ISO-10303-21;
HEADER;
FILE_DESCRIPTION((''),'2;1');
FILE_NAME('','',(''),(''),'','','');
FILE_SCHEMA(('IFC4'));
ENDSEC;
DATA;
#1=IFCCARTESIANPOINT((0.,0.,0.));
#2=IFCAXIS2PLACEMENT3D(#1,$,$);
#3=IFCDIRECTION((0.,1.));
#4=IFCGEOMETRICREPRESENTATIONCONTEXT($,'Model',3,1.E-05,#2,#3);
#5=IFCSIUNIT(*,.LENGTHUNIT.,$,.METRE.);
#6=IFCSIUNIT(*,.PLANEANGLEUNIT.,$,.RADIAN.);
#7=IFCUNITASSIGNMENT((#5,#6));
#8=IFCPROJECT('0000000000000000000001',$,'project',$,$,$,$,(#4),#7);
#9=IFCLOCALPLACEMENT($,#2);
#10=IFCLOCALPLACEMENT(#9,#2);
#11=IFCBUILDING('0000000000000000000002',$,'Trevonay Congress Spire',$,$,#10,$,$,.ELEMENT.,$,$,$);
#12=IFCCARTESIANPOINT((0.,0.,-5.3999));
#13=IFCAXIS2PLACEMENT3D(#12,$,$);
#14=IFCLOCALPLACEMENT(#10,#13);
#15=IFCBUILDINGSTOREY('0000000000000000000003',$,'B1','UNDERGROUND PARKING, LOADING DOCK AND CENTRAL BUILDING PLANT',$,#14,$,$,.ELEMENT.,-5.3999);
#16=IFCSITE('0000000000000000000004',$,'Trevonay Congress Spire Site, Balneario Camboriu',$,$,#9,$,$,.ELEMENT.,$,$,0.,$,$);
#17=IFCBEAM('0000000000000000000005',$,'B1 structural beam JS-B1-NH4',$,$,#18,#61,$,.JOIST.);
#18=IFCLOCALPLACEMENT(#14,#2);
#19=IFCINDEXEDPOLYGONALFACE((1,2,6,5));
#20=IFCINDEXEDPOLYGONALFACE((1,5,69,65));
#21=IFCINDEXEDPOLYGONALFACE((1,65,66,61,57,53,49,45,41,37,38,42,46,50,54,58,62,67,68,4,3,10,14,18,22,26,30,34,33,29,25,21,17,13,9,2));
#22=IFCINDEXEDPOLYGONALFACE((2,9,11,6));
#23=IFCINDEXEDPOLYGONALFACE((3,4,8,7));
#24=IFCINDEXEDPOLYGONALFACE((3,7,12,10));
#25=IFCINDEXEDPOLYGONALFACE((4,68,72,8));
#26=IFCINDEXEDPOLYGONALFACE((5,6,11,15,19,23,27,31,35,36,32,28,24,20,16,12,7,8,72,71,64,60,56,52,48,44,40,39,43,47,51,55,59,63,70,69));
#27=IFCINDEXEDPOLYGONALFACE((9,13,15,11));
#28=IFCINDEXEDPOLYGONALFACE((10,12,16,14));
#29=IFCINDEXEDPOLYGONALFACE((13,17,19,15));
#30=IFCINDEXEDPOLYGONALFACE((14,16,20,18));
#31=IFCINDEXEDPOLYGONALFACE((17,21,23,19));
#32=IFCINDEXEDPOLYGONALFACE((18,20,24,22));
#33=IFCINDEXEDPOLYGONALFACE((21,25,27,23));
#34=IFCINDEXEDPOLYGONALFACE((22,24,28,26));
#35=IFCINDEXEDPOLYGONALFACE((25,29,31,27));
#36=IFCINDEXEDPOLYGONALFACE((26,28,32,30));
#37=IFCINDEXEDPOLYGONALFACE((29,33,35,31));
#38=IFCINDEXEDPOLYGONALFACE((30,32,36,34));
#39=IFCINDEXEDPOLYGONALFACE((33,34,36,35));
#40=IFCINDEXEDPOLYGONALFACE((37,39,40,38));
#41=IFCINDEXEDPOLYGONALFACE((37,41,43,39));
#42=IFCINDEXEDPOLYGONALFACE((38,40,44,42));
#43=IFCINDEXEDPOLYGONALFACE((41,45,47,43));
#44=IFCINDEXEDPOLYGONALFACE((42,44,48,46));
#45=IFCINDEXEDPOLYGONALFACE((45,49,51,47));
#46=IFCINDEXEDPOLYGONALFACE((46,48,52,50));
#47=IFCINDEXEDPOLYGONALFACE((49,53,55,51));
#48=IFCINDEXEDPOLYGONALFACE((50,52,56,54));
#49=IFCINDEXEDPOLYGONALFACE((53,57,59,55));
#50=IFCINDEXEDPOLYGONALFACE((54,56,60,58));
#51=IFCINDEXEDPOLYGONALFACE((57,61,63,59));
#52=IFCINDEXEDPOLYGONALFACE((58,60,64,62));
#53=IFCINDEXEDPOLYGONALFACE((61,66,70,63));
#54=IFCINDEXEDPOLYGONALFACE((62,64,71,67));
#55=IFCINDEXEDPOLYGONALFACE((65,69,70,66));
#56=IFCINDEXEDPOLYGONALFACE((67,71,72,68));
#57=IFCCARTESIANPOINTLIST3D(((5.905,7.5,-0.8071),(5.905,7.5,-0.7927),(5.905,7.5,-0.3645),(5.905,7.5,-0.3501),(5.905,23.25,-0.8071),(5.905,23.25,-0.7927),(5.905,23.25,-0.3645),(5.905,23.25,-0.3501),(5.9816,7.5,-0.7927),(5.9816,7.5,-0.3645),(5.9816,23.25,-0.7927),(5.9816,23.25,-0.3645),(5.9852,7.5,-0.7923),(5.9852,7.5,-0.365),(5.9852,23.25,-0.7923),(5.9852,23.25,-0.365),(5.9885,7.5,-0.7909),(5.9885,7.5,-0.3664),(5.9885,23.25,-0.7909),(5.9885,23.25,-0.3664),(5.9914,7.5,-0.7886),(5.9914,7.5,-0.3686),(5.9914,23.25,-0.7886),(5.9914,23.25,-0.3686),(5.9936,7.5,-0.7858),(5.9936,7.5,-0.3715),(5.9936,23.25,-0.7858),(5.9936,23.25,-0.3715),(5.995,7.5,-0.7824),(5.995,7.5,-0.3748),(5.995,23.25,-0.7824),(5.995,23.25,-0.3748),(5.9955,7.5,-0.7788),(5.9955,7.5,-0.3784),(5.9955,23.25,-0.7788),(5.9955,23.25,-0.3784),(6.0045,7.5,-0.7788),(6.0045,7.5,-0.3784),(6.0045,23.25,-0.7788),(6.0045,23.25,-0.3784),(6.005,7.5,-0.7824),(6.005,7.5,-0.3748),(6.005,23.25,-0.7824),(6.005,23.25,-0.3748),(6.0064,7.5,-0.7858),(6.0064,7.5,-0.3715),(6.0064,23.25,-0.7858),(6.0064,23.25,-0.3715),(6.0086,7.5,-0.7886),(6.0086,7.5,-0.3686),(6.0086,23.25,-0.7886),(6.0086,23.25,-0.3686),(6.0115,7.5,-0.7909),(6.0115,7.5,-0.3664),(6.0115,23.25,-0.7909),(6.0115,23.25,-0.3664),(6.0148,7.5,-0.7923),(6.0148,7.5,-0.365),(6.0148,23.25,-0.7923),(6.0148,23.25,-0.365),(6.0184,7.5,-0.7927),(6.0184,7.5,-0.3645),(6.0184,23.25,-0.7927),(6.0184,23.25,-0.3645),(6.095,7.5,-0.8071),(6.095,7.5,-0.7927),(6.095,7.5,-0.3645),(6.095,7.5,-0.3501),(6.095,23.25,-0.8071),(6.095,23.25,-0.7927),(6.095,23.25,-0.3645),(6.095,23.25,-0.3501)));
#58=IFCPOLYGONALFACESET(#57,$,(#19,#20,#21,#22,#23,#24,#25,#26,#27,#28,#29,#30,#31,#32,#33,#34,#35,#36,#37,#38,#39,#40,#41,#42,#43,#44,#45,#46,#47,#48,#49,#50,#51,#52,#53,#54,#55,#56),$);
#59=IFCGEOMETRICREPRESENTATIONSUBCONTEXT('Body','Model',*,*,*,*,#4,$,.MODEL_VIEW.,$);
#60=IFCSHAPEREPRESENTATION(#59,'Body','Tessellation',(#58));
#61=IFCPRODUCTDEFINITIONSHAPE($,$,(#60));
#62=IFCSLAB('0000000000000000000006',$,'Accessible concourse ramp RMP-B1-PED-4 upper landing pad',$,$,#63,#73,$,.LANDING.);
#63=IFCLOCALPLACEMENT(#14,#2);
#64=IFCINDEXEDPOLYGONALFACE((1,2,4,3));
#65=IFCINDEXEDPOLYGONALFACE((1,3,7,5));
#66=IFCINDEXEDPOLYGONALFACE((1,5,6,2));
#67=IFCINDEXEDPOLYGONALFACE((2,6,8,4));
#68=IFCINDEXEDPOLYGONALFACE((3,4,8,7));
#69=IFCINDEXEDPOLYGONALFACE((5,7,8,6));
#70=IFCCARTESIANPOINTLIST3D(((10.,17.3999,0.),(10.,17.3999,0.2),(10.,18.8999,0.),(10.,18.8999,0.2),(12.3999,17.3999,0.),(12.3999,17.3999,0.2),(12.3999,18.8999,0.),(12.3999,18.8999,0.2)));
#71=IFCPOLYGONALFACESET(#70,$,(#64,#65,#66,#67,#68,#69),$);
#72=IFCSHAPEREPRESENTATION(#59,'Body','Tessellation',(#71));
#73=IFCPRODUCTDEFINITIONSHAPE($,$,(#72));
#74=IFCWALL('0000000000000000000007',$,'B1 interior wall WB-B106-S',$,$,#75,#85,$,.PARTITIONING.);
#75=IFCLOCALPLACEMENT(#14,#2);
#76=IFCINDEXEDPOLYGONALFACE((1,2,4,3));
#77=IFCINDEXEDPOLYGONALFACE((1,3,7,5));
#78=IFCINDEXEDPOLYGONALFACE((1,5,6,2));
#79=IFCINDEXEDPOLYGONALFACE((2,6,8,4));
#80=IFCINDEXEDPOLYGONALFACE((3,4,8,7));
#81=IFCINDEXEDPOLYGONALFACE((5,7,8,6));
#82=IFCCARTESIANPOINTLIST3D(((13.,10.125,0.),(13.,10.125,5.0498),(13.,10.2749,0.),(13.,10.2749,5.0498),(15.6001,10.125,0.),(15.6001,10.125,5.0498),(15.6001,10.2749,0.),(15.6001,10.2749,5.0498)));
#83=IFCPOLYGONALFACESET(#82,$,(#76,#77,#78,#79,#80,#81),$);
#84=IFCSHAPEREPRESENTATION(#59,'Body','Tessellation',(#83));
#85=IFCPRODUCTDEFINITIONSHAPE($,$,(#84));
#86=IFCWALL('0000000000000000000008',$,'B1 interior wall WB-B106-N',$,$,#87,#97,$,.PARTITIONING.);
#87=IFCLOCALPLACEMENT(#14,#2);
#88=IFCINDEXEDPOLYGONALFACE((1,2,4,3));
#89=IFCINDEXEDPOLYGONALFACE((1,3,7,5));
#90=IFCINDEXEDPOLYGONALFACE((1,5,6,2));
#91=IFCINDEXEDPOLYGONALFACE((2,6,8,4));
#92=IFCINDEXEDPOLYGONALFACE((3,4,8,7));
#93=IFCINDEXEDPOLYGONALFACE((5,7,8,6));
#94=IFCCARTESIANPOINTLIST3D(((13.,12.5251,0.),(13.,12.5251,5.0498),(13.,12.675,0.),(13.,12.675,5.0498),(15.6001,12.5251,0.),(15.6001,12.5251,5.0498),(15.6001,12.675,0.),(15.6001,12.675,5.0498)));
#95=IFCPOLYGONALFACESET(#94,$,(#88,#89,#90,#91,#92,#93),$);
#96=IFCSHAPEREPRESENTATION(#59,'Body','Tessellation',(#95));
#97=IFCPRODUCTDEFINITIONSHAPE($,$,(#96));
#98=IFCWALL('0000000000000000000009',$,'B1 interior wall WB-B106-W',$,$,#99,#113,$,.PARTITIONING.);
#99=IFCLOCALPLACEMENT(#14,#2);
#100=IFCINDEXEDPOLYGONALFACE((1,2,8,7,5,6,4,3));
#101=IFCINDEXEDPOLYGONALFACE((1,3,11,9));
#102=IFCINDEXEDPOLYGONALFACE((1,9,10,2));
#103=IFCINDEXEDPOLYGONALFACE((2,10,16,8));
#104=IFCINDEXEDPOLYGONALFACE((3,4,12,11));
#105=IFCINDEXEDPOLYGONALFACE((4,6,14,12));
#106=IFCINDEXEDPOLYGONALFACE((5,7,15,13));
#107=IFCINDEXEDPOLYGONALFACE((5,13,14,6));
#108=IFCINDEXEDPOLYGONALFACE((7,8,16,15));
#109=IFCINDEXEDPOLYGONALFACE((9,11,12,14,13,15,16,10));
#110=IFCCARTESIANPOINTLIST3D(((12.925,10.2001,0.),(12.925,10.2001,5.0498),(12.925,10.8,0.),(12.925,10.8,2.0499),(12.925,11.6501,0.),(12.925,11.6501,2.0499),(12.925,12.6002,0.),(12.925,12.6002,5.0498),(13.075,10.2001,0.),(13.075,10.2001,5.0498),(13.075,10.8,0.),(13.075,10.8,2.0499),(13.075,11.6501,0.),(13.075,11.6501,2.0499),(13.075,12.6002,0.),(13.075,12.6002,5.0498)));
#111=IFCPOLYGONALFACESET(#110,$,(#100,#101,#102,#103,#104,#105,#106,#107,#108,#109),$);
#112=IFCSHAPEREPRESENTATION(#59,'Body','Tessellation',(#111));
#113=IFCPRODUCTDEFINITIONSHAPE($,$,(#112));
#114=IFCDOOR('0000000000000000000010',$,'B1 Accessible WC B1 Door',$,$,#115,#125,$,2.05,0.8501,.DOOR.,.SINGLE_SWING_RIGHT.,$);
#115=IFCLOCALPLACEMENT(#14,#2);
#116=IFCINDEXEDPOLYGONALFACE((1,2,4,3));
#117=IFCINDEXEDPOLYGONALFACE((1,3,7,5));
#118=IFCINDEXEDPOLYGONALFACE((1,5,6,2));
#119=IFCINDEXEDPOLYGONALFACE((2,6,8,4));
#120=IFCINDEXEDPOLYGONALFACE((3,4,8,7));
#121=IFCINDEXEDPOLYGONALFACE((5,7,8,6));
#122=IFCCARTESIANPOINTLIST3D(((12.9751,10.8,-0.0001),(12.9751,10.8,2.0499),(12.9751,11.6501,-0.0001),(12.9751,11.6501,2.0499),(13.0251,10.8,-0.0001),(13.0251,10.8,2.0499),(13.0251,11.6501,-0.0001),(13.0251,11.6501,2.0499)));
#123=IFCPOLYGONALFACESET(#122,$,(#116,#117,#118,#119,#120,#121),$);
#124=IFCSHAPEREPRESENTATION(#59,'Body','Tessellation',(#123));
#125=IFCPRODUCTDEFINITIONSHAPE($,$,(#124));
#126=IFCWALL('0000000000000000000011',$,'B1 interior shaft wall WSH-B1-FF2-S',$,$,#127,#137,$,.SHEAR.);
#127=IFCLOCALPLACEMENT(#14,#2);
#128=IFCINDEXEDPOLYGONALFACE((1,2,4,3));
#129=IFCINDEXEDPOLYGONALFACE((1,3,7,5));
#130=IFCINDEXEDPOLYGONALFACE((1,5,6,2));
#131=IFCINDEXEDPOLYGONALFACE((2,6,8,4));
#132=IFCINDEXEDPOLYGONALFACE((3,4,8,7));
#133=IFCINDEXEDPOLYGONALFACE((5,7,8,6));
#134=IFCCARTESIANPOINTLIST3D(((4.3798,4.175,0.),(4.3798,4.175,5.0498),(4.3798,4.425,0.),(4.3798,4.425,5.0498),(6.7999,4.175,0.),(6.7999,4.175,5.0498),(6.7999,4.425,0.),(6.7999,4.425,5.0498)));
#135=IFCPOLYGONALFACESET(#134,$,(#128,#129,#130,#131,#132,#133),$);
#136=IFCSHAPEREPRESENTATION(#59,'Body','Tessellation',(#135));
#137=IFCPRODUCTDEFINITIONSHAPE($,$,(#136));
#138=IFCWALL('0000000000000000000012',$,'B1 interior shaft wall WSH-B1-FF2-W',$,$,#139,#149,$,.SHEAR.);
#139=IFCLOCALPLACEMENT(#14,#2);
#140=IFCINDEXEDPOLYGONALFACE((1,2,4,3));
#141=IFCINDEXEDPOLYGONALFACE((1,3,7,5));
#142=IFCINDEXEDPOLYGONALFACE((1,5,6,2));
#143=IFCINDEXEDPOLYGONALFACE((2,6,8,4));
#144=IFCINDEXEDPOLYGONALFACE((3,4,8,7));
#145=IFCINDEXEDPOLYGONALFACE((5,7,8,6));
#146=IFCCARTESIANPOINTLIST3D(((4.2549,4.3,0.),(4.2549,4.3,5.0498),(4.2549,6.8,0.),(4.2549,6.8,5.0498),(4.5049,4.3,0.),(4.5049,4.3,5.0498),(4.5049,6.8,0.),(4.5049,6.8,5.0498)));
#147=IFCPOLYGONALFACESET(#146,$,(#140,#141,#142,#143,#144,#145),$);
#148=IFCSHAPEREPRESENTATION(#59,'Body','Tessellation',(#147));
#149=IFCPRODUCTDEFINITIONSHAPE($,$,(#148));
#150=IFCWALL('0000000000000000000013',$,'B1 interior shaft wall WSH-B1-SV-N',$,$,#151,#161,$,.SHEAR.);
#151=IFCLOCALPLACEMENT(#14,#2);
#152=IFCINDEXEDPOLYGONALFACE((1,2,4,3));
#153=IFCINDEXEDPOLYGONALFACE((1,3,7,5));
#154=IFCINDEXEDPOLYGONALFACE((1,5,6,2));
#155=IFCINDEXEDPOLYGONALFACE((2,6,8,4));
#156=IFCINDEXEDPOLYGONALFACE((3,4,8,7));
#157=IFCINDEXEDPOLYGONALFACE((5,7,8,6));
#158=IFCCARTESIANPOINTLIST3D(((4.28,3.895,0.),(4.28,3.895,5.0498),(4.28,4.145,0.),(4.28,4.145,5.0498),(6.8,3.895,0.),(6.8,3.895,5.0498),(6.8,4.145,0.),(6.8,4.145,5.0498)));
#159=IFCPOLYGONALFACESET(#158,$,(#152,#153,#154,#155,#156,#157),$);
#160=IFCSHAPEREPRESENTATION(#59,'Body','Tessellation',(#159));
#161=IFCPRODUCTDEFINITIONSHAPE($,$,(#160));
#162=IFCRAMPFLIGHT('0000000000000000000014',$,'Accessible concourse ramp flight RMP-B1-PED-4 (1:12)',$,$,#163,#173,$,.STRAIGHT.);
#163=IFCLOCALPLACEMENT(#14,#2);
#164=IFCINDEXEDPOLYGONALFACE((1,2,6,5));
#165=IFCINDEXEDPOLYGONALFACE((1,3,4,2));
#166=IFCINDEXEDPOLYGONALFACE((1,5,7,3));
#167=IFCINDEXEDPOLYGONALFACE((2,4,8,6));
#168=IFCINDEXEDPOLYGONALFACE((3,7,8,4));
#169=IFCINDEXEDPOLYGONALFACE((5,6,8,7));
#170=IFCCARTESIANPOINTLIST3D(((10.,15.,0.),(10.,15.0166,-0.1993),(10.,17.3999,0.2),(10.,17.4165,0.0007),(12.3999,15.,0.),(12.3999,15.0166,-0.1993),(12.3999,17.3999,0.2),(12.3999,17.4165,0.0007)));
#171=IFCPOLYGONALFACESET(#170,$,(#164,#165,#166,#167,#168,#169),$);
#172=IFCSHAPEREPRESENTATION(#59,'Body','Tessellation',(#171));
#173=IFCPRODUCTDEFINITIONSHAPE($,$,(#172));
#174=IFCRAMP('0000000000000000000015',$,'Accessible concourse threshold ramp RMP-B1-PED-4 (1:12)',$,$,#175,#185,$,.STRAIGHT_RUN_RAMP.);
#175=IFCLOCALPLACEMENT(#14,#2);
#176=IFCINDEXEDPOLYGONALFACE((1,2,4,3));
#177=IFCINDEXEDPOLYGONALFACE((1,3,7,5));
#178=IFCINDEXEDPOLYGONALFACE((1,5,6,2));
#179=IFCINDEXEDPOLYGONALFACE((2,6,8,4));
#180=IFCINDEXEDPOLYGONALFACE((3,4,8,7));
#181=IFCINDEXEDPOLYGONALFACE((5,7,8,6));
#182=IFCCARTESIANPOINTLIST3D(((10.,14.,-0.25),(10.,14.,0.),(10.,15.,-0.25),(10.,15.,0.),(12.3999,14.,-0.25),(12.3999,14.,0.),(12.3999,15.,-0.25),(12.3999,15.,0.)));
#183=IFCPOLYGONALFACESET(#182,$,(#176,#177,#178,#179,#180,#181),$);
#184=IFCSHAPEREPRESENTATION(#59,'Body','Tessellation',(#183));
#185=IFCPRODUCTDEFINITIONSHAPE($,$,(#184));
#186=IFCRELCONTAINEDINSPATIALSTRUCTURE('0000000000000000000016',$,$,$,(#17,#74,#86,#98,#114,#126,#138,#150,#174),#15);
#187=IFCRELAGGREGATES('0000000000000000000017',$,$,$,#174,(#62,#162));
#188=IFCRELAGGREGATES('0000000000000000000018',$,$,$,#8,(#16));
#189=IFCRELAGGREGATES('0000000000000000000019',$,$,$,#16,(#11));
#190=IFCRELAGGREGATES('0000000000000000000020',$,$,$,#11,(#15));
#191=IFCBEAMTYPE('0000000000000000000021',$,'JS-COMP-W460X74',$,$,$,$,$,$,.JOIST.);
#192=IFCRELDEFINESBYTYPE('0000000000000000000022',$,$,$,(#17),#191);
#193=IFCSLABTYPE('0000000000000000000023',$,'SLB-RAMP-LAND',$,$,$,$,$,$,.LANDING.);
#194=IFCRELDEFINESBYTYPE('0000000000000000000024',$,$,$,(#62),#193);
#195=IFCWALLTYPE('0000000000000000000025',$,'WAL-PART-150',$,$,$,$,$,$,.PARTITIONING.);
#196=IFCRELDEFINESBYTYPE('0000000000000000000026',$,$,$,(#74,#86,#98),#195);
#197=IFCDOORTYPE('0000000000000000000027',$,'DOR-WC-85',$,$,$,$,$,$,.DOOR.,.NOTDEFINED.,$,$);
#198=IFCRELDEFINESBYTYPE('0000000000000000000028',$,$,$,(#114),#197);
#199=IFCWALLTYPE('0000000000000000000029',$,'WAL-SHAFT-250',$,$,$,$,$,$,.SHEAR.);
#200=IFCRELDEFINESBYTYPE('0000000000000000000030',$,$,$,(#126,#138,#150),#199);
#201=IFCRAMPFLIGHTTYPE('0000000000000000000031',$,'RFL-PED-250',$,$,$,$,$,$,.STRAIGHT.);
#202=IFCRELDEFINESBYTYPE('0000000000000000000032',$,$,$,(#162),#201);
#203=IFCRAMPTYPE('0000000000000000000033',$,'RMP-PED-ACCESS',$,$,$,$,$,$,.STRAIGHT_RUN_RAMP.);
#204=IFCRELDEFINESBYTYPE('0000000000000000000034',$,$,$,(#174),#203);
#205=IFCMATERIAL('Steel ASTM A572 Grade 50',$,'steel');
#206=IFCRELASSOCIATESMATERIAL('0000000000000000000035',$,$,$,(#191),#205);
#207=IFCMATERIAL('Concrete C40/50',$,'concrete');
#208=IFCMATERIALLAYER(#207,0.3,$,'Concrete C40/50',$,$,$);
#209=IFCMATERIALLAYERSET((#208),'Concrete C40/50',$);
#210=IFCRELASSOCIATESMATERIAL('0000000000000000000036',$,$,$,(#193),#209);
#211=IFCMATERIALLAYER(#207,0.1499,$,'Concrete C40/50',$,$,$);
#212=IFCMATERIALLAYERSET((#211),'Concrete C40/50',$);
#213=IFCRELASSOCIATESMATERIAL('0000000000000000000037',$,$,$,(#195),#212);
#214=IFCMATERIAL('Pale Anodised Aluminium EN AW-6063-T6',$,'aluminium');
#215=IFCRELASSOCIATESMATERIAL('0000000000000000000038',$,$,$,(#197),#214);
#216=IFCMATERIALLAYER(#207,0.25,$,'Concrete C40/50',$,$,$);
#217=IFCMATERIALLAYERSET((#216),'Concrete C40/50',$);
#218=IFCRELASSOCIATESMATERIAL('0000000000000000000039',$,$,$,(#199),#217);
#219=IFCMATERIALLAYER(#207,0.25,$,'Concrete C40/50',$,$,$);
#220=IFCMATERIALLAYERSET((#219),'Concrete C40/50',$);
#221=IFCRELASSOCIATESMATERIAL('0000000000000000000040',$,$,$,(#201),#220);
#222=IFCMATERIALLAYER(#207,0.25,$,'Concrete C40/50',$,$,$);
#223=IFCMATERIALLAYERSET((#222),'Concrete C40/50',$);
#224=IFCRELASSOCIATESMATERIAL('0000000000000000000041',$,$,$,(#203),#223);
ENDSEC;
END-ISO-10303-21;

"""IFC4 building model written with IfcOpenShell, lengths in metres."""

from ifc_helpers import new_model, si_unit, direction, frame, frame_2d, origin, origin_2d, place, context, subcontext, project, spatial, polyline, rectangle, i_section, outline, extrude, material, layer, layer_set, material_profile, profile_set, type_object, element, fill, aggregate, save


model = new_model("IFC4")

# Units and contexts
model_context = context("Model", 3, precision=1e-05, world=origin(), true_north=direction((0.0, 1.0)))
body_context = subcontext(model_context, "Body", "Model", "MODEL_VIEW")
ifc_project = project(units=[si_unit("LENGTHUNIT", "METRE"), si_unit("PLANEANGLEUNIT", "RADIAN")], contexts=[model_context])

# Site, building, storey
site_placement = place(None, origin())
site = spatial("IfcSite", under=ifc_project, at=site_placement, Name="Trevonay Congress Spire Site, Balneario Camboriu", CompositionType="ELEMENT", RefElevation=0.0)
building_placement = place(site_placement, origin())
building = spatial("IfcBuilding", under=site, at=building_placement, Name="Trevonay Congress Spire", CompositionType="ELEMENT")
storey_placement = place(building_placement, frame((0.0, 0.0, -5.3999)))
storey = spatial("IfcBuildingStorey", under=building, at=storey_placement, Name="B1", Description="UNDERGROUND PARKING, LOADING DOCK AND CENTRAL BUILDING PLANT", CompositionType="ELEMENT", Elevation=-5.3999)

# Shared definitions
ifc_material_1 = material(Name="Steel ASTM A572 Grade 50", Category="steel")

# Beam
ifc_material_profile_1 = material_profile(ifc_material_1, i_section(OverallWidth=0.1899, OverallDepth=0.457, WebThickness=0.009, FlangeThickness=0.0144, FilletRadius=0.0139, at=origin_2d()), Name="W460x74")
ifc_profile_set_1 = profile_set([ifc_material_profile_1], Name="Steel ASTM A572 Grade 50")
beam_type_1 = type_object("IfcBeamType", Name="JS-COMP-W460X74", PredefinedType="JOIST", material=ifc_profile_set_1)
for number, where, z_axis, x_axis, name in (
    (1, (6.0, 7.5, -0.5786), (0.0, 1.0, 0.0), (-1.0, 0.0, 0.0), "B1 structural beam JS-B1-NH4"),
):
    element("IfcBeam", number, at=place(storey_placement, frame(where, z_axis=z_axis, x_axis=x_axis)), inside=storey, type_object=beam_type_1, Name=name, PredefinedType="JOIST", context=body_context, shape_type="SweptSolid", body=[
        extrude(i_section(OverallWidth=0.1899, OverallDepth=0.457, WebThickness=0.009, FlangeThickness=0.0144, FilletRadius=0.0139, at=origin_2d()), origin(), (0.0, 0.0, 1.0), 15.75),
    ])

# Slab
ifc_material_2 = material(Name="Concrete C40/50", Category="concrete")
ifc_layer_1 = layer(ifc_material_2, 0.3, Name="Concrete C40/50")
ifc_layer_set_1 = layer_set([ifc_layer_1], Name="Concrete C40/50")
slab_type = type_object("IfcSlabType", Name="SLB-RAMP-LAND", PredefinedType="LANDING", material=ifc_layer_set_1)
slab_placement = place(storey_placement, origin())
slab = element("IfcSlab", 2, at=slab_placement, type_object=slab_type, Name="Accessible concourse ramp RMP-B1-PED-4 upper landing pad", PredefinedType="LANDING", context=body_context, shape_type="SweptSolid", body=[
    extrude(outline(polyline([(10.0, 17.3999), (12.3999, 17.3999), (12.3999, 18.8999), (10.0, 18.8999), (10.0, 17.3999)])), origin(), (0.0, 0.0, 1.0), 0.2),
])

# Walls
ifc_layer_2 = layer(ifc_material_2, 0.1499, Name="Concrete C40/50")
ifc_layer_set_2 = layer_set([ifc_layer_2], Name="Concrete C40/50")
wall_type_1 = type_object("IfcWallType", Name="WAL-PART-150", PredefinedType="PARTITIONING", material=ifc_layer_set_2)
for number, where, z_axis, x_axis, name in (
    (3, (13.0, 10.2, 0.0), (0.0, 0.0, 1.0), (1.0, 0.0, 0.0), "B1 interior wall WB-B106-S"),
    (4, (13.0, 12.6001, 0.0), (0.0, 0.0, 1.0), (1.0, 0.0, 0.0), "B1 interior wall WB-B106-N"),
):
    element("IfcWall", number, at=place(storey_placement, frame(where, z_axis=z_axis, x_axis=x_axis)), inside=storey, type_object=wall_type_1, Name=name, PredefinedType="PARTITIONING", context=body_context, shape_type="SweptSolid", body=[
        extrude(rectangle(XDim=2.6001, YDim=0.1499, at=frame_2d((1.3, 0.0))), origin(), (0.0, 0.0, 1.0), 5.0498),
    ])

# Wall, opening, door
wall_1_placement = place(storey_placement, frame((13.0, 10.2, 0.0), z_axis=(0.0, 0.0, 1.0), x_axis=(0.0, 1.0, 0.0)))
wall_1 = element("IfcWall", 5, at=wall_1_placement, inside=storey, type_object=wall_type_1, Name="B1 interior wall WB-B106-W", PredefinedType="PARTITIONING", context=body_context, shape_type="SweptSolid", body=[
    extrude(rectangle(XDim=2.4001, YDim=0.1499, at=frame_2d((1.2002, 0.0))), origin(), (0.0, 0.0, 1.0), 5.0498),
])
opening_placement = place(wall_1_placement, frame((0.6001, 0.0, 0.0)))
opening = element("IfcOpeningElement", 6, at=opening_placement, cuts=wall_1, PredefinedType="OPENING", context=body_context, shape_type="SweptSolid", body=[
    extrude(rectangle(XDim=0.8501, YDim=2.05, at=frame_2d((0.425, 1.0249))), frame((0.0, 0.085, 0.0), z_axis=(0.0, -1.0, 0.0), x_axis=(1.0, 0.0, 0.0)), (0.0, 0.0, 1.0), 0.1699),
])
ifc_material_3 = material(Name="Pale Anodised Aluminium EN AW-6063-T6", Category="aluminium")
door_type = type_object("IfcDoorType", Name="DOR-WC-85", OperationType="NOTDEFINED", PredefinedType="DOOR", material=ifc_material_3)
door_placement = place(opening_placement, origin())
door = element("IfcDoor", 7, at=door_placement, inside=storey, type_object=door_type, Name="B1 Accessible WC B1 Door", OperationType="SINGLE_SWING_RIGHT", OverallHeight=2.05, OverallWidth=0.8501, PredefinedType="DOOR", context=body_context, shape_type="SweptSolid", body=[
    extrude(rectangle(XDim=0.8501, YDim=2.05, at=frame_2d((0.425, 1.0249))), frame((0.0, 0.0249, 0.0), z_axis=(0.0, -1.0, 0.0), x_axis=(1.0, 0.0, 0.0)), (0.0, 0.0, 1.0), 0.05),
])
fill(opening, door)

# Walls
ifc_layer_3 = layer(ifc_material_2, 0.25, Name="Concrete C40/50")
ifc_layer_set_3 = layer_set([ifc_layer_3], Name="Concrete C40/50")
wall_type_2 = type_object("IfcWallType", Name="WAL-SHAFT-250", PredefinedType="SHEAR", material=ifc_layer_set_3)
wall_2_placement = place(storey_placement, frame((4.3799, 4.3, 0.0), z_axis=(0.0, 0.0, 1.0), x_axis=(1.0, 0.0, 0.0)))
element("IfcWall", 8, at=wall_2_placement, inside=storey, type_object=wall_type_2, Name="B1 interior shaft wall WSH-B1-FF2-S", PredefinedType="SHEAR", context=body_context, shape_type="SweptSolid", body=[
    extrude(rectangle(XDim=2.4202, YDim=0.25, at=frame_2d((1.21, 0.0))), origin(), (0.0, 0.0, 1.0), 5.0498),
])
wall_3_placement = place(storey_placement, frame((4.3799, 4.3, 0.0), z_axis=(0.0, 0.0, 1.0), x_axis=(0.0, 1.0, 0.0)))
element("IfcWall", 9, at=wall_3_placement, inside=storey, type_object=wall_type_2, Name="B1 interior shaft wall WSH-B1-FF2-W", PredefinedType="SHEAR", context=body_context, shape_type="SweptSolid", body=[
    extrude(rectangle(XDim=2.5, YDim=0.25, at=frame_2d((1.25, 0.0))), origin(), (0.0, 0.0, 1.0), 5.0498),
])
wall_4_placement = place(storey_placement, frame((4.28, 4.02, 0.0), z_axis=(0.0, 0.0, 1.0), x_axis=(1.0, 0.0, 0.0)))
element("IfcWall", 10, at=wall_4_placement, inside=storey, type_object=wall_type_2, Name="B1 interior shaft wall WSH-B1-SV-N", PredefinedType="SHEAR", context=body_context, shape_type="SweptSolid", body=[
    extrude(rectangle(XDim=2.52, YDim=0.25, at=frame_2d((1.26, 0.0))), origin(), (0.0, 0.0, 1.0), 5.0498),
])

# Ramp flight
ifc_layer_4 = layer(ifc_material_2, 0.25, Name="Concrete C40/50")
ifc_layer_set_4 = layer_set([ifc_layer_4], Name="Concrete C40/50")
ramp_flight_type = type_object("IfcRampFlightType", Name="RFL-PED-250", PredefinedType="STRAIGHT", material=ifc_layer_set_4)
ramp_flight_placement = place(storey_placement, frame((10.0, 15.0, 0.0), z_axis=(0.0, -0.083029, 0.996547), x_axis=(1.0, 0.0, 0.0)))
ramp_flight = element("IfcRampFlight", 11, at=ramp_flight_placement, type_object=ramp_flight_type, Name="Accessible concourse ramp flight RMP-B1-PED-4 (1:12)", PredefinedType="STRAIGHT", context=body_context, shape_type="SweptSolid", body=[
    extrude(outline(polyline([(0.0, 0.0), (2.3999, 0.0), (2.3999, 2.4082), (0.0, 2.4082), (0.0, 0.0)])), origin(), (0.0, 0.0, -1.0), 0.2),
])

# Ramp
ifc_layer_5 = layer(ifc_material_2, 0.25, Name="Concrete C40/50")
ifc_layer_set_5 = layer_set([ifc_layer_5], Name="Concrete C40/50")
ramp_type = type_object("IfcRampType", Name="RMP-PED-ACCESS", PredefinedType="STRAIGHT_RUN_RAMP", material=ifc_layer_set_5)
ramp_placement = place(storey_placement, frame((11.2, 14.5, -0.25), z_axis=(0.0, 0.0, 1.0), x_axis=(1.0, 0.0, 0.0)))
ramp = element("IfcRamp", 12, at=ramp_placement, inside=storey, type_object=ramp_type, Name="Accessible concourse threshold ramp RMP-B1-PED-4 (1:12)", PredefinedType="STRAIGHT_RUN_RAMP", context=body_context, shape_type="SweptSolid", body=[
    extrude(rectangle(XDim=2.3999, YDim=1.0, at=origin_2d()), origin(), (0.0, 0.0, 1.0), 0.25),
])
aggregate(ramp, [slab, ramp_flight])

save(model, "model.ifc")
